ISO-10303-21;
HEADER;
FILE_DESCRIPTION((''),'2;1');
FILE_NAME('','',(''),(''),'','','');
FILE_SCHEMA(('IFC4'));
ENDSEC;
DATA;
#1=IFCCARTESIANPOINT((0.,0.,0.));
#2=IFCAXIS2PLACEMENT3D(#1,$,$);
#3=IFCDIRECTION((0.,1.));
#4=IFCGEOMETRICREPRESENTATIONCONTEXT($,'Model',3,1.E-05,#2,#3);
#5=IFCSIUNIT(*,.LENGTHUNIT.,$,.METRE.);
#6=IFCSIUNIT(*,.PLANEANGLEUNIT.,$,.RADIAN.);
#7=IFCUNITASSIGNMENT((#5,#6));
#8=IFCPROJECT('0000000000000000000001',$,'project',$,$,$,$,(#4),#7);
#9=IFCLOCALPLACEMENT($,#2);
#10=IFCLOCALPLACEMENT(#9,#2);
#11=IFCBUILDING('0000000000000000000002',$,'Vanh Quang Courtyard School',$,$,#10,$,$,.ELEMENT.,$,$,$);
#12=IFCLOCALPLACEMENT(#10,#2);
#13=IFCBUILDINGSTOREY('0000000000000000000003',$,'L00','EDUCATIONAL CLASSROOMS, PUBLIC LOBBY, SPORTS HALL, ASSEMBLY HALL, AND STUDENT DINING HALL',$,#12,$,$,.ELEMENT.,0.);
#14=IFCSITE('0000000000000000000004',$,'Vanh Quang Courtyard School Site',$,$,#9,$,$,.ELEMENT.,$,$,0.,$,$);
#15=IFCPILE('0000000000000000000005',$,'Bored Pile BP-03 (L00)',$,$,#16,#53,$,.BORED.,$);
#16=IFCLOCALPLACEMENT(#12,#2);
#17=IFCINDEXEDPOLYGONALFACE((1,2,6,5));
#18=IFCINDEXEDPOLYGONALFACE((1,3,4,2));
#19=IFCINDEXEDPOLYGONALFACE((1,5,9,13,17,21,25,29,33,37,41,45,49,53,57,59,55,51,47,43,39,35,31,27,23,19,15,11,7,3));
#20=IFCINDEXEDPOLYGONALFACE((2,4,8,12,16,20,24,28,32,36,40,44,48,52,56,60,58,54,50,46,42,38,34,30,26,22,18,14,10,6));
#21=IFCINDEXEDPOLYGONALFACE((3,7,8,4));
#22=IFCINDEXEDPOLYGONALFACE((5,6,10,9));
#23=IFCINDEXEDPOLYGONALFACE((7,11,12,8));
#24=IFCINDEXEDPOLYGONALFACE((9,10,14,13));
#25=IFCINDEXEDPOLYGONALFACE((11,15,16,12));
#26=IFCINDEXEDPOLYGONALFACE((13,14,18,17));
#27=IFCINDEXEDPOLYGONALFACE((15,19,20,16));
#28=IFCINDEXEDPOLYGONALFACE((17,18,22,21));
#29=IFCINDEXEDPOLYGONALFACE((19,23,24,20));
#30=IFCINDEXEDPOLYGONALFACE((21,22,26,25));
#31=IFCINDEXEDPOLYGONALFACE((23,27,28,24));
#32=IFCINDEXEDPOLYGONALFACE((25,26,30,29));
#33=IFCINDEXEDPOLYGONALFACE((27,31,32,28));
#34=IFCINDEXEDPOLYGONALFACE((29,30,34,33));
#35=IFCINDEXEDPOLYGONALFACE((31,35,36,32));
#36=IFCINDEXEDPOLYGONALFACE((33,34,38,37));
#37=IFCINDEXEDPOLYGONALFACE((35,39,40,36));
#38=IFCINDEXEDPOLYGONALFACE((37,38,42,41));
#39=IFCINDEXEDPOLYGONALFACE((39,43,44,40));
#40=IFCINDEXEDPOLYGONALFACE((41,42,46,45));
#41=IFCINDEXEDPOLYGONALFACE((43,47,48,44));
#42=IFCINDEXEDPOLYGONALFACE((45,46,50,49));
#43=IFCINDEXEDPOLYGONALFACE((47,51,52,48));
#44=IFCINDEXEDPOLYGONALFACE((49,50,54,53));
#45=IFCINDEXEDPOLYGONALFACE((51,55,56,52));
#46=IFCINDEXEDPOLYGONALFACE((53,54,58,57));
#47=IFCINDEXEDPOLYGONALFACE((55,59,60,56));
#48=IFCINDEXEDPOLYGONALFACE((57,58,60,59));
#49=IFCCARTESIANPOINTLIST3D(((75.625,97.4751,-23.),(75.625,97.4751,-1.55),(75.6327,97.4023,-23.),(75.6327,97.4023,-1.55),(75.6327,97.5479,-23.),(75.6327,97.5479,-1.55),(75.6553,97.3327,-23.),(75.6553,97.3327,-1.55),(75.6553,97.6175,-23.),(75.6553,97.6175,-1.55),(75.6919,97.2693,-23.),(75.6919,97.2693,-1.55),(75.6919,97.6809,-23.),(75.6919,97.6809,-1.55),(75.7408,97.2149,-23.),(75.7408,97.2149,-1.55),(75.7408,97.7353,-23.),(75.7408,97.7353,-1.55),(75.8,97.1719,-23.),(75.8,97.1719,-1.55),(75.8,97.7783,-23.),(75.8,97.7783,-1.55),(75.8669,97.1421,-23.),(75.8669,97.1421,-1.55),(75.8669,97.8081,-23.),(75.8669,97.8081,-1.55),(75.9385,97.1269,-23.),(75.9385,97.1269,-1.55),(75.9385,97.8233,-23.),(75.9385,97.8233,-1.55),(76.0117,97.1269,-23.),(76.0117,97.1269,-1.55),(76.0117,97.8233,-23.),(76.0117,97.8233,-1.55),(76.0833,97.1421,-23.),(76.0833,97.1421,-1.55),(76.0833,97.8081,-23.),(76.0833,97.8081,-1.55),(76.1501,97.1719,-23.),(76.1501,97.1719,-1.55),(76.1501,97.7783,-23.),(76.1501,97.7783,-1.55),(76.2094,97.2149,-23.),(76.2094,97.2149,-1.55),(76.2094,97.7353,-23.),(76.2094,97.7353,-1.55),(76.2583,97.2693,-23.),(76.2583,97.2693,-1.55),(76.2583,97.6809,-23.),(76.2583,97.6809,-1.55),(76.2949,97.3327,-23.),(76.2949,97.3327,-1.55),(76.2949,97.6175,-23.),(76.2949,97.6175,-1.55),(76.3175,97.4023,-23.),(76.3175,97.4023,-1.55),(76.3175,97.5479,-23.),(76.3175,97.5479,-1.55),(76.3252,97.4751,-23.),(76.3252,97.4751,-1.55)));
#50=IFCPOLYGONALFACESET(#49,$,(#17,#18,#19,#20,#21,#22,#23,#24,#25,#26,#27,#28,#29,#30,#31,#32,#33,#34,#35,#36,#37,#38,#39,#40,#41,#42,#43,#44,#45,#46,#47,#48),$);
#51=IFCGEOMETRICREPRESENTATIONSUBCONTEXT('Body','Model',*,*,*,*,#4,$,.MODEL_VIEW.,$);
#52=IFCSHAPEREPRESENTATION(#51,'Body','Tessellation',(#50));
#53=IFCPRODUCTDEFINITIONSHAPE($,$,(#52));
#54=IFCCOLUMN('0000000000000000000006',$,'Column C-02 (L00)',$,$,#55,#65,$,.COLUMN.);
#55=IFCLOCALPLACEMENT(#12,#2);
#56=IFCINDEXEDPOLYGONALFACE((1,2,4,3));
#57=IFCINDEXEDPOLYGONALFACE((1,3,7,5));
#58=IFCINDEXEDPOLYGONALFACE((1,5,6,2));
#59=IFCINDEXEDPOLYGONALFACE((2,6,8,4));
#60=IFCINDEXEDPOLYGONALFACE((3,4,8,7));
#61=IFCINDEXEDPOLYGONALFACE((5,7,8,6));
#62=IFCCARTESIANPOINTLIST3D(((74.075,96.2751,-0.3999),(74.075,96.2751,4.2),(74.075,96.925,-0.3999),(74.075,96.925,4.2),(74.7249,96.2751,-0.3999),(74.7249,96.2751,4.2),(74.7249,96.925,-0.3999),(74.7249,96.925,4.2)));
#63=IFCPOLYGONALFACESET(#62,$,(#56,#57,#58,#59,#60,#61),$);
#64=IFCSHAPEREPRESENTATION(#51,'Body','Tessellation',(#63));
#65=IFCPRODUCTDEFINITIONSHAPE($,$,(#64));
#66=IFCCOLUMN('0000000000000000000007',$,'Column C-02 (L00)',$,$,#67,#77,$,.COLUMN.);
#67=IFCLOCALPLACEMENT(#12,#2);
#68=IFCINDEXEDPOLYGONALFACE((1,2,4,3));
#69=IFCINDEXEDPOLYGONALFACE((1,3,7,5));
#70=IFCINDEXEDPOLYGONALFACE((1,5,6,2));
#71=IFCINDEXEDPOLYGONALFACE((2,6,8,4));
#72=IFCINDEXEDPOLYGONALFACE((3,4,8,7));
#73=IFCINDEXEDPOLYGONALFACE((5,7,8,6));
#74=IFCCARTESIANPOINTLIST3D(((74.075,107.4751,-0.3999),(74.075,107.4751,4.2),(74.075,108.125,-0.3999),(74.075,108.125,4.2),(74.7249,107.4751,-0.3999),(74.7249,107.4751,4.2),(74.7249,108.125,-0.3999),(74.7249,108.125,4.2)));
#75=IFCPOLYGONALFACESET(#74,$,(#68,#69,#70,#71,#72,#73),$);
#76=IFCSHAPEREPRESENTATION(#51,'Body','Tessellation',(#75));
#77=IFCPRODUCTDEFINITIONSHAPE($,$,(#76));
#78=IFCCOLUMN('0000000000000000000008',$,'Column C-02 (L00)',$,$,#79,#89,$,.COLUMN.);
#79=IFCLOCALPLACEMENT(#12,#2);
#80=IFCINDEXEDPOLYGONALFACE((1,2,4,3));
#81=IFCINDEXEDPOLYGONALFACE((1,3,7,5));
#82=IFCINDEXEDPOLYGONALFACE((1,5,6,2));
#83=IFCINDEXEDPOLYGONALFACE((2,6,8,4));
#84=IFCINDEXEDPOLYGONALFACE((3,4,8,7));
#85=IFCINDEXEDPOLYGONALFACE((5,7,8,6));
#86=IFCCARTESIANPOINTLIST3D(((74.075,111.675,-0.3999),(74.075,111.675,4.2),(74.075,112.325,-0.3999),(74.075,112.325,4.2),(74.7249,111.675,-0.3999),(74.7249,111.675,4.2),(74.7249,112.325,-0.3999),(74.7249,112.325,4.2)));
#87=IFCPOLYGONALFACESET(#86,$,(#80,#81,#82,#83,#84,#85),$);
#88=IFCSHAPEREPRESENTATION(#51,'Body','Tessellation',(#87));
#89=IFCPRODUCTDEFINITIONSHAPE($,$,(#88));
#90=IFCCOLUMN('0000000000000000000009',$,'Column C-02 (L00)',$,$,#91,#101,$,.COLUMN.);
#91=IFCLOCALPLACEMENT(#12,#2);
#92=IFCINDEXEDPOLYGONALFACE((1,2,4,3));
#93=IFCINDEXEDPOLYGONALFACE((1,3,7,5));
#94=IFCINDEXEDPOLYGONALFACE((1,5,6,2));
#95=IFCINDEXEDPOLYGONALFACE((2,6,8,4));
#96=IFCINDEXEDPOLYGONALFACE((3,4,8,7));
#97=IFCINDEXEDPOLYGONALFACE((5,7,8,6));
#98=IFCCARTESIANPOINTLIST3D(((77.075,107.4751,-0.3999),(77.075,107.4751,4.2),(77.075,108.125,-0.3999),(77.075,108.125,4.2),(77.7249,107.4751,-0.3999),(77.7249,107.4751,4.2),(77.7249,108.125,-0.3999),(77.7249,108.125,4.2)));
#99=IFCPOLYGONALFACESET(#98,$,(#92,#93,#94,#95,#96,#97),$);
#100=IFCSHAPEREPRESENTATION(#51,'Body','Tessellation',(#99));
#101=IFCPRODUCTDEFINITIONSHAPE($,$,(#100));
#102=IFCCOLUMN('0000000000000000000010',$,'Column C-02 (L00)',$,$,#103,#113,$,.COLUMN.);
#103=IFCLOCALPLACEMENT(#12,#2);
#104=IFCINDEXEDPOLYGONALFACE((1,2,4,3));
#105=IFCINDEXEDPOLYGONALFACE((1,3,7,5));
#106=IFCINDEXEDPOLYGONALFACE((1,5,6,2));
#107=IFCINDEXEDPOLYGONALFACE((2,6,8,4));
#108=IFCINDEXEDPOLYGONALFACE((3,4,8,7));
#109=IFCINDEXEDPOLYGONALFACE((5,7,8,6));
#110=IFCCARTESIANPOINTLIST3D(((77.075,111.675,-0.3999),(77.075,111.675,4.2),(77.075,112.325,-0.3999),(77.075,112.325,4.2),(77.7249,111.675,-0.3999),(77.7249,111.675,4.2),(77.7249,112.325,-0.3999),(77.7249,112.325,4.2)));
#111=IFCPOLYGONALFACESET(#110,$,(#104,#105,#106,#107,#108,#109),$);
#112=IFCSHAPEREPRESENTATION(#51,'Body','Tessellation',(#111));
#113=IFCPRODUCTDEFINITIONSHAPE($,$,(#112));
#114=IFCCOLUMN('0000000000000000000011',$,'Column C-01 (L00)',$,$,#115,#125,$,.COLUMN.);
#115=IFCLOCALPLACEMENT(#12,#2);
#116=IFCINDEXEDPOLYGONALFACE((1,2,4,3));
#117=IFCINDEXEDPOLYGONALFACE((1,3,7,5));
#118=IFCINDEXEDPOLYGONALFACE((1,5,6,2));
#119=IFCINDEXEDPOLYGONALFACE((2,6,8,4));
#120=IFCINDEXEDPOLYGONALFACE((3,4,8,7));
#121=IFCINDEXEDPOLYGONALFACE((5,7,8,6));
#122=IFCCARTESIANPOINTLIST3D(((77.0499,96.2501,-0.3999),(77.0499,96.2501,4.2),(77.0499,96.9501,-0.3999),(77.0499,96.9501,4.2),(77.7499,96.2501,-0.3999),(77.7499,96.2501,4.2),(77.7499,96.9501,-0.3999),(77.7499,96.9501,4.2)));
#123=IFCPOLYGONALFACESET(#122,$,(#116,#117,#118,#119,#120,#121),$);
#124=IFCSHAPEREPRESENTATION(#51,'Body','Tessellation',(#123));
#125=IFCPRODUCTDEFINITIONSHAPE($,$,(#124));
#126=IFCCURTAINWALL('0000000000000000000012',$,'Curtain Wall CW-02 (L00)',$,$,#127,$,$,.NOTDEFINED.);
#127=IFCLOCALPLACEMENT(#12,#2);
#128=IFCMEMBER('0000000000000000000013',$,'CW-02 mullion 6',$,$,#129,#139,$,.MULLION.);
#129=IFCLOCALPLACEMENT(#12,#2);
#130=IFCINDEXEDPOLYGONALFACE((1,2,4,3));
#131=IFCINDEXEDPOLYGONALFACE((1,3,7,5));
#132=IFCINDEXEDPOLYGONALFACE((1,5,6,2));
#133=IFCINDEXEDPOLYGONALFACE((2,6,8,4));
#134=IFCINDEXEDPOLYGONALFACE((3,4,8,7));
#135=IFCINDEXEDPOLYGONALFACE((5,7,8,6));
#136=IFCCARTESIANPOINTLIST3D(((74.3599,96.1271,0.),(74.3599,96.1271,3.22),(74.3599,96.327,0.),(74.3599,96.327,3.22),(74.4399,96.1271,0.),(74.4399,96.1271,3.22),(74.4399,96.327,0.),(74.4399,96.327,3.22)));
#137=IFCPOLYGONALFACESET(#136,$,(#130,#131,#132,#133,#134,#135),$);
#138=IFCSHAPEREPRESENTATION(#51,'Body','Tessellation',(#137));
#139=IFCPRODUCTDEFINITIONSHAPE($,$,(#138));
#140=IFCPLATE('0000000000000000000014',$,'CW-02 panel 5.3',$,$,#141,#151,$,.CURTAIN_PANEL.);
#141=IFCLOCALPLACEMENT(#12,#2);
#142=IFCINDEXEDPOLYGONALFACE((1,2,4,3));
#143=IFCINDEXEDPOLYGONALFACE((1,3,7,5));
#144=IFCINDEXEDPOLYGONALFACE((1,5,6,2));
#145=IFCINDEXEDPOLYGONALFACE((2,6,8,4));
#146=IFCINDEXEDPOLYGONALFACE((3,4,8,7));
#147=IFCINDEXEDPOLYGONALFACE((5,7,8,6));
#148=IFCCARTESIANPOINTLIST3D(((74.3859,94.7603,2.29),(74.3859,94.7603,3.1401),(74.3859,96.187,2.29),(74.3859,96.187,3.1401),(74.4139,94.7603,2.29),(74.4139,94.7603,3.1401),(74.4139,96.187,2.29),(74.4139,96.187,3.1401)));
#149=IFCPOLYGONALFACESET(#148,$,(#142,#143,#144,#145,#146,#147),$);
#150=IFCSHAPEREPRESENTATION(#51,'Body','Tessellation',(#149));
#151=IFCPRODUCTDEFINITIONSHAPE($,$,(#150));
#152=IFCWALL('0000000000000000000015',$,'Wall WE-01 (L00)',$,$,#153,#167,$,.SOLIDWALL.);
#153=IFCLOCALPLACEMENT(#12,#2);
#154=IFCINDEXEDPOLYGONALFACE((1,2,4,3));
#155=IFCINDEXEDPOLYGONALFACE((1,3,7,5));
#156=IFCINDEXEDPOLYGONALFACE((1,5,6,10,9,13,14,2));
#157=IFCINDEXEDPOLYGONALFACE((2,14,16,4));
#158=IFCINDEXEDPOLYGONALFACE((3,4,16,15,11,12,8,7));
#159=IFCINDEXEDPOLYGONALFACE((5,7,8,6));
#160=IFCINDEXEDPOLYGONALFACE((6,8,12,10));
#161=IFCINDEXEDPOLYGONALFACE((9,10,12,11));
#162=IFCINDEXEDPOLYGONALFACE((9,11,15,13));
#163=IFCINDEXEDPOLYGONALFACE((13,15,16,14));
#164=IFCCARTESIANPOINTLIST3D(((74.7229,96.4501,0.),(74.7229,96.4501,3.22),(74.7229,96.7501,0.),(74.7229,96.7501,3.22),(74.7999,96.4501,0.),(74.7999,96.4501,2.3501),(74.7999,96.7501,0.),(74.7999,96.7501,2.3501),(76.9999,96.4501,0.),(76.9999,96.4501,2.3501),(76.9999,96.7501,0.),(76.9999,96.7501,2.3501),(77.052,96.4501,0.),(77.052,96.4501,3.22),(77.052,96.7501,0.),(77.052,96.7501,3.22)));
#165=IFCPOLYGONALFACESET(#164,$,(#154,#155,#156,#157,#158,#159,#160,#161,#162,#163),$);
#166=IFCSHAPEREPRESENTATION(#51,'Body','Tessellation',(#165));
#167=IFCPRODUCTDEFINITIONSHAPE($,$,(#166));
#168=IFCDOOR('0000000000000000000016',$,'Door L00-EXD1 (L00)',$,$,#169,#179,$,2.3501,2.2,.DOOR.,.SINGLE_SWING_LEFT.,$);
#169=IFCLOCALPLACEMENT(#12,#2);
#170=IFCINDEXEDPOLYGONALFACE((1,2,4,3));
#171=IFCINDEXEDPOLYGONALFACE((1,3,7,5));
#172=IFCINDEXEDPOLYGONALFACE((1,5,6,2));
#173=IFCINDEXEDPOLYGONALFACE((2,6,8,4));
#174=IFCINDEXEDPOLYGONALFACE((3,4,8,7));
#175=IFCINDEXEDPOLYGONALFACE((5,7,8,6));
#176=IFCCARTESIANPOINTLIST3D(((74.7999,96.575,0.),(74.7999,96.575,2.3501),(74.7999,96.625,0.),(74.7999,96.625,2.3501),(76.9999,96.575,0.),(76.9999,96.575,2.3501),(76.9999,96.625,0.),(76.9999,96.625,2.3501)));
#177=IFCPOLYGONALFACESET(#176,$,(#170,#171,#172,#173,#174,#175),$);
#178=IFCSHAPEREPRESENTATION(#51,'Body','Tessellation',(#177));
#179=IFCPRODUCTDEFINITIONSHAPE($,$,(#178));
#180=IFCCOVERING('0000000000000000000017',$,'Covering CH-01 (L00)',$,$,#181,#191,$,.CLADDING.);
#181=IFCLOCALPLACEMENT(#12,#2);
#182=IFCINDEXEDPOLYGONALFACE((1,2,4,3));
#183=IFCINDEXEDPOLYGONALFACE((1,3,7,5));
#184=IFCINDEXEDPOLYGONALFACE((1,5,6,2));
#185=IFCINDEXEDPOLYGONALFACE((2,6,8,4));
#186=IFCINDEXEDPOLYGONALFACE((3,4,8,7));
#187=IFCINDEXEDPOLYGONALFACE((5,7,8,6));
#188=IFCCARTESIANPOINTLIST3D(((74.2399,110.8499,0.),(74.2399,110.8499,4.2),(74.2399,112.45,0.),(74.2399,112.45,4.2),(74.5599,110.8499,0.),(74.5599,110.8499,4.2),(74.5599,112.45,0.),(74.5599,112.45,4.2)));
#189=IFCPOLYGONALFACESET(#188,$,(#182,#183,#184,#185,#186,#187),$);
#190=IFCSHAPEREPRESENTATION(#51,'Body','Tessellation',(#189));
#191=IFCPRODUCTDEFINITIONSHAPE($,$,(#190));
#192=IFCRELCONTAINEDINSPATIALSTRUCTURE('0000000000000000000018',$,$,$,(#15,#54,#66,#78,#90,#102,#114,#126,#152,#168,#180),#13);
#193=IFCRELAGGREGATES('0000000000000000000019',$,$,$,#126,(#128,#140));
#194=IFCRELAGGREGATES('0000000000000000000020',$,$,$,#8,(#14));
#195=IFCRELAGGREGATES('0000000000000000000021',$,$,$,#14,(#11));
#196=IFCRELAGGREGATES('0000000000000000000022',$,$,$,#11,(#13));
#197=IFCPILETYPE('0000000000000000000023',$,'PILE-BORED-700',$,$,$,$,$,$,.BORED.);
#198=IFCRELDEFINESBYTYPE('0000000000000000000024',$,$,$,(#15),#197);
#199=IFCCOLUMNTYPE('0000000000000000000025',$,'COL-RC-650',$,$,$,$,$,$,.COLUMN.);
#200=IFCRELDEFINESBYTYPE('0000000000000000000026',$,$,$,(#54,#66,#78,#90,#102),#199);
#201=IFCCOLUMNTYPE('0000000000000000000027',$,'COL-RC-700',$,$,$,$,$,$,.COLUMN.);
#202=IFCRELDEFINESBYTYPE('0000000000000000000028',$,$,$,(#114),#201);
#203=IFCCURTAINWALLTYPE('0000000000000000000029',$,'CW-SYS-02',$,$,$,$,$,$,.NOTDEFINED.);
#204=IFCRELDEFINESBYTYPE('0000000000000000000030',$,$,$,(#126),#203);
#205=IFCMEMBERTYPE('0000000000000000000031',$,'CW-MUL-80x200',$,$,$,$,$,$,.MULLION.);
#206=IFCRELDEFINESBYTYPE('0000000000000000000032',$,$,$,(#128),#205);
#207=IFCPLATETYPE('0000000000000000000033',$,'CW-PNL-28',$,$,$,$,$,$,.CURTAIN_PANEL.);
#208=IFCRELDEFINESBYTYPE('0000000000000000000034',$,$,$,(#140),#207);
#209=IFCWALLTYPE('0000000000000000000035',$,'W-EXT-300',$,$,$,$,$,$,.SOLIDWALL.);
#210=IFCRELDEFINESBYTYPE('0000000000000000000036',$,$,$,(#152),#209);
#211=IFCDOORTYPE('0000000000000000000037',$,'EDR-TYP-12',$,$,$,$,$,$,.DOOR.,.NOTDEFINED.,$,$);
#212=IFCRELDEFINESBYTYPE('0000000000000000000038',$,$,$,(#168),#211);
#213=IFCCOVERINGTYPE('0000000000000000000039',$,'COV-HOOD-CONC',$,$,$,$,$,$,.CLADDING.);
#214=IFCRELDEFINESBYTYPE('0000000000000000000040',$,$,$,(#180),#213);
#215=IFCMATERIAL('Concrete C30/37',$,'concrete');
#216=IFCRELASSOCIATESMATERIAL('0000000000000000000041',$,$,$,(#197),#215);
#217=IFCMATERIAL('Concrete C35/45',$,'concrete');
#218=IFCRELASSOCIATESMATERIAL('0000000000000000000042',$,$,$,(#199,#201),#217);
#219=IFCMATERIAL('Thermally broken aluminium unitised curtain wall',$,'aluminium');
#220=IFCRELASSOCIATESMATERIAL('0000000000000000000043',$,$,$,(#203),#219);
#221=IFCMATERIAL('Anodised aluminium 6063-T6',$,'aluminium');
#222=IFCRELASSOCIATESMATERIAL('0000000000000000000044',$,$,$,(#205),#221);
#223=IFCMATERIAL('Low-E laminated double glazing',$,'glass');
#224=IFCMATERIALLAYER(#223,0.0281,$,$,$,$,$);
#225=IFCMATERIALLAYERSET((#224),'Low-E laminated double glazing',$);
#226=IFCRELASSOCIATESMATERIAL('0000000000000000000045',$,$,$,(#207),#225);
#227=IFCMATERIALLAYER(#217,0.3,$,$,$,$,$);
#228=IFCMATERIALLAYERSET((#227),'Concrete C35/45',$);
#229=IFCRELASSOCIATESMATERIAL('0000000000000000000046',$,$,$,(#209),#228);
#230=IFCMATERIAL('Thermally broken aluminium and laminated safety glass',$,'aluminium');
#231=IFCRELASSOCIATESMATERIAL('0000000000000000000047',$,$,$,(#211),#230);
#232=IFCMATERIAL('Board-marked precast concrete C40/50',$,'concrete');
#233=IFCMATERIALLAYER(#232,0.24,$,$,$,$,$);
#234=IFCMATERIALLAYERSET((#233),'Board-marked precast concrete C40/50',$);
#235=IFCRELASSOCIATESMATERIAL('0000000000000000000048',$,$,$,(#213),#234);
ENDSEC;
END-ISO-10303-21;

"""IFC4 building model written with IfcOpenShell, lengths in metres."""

from ifc_helpers import new_model, si_unit, direction, frame, frame_2d, origin, origin_2d, place, context, subcontext, project, spatial, rectangle, circle, extrude, material, layer, layer_set, material_profile, profile_set, type_object, element, fill, aggregate, save


model = new_model("IFC4")

# Units and contexts
model_context = context("Model", 3, precision=1e-05, world=origin(), true_north=direction((0.0, 1.0)))
body_context = subcontext(model_context, "Body", "Model", "MODEL_VIEW")
ifc_project = project(units=[si_unit("LENGTHUNIT", "METRE"), si_unit("PLANEANGLEUNIT", "RADIAN")], contexts=[model_context])

# Site, building, storey
site_placement = place(None, origin())
site = spatial("IfcSite", under=ifc_project, at=site_placement, Name="Vanh Quang Courtyard School Site", CompositionType="ELEMENT", RefElevation=0.0)
building_placement = place(site_placement, origin())
building = spatial("IfcBuilding", under=site, at=building_placement, Name="Vanh Quang Courtyard School", CompositionType="ELEMENT")
storey_placement = place(building_placement, origin())
storey = spatial("IfcBuildingStorey", under=building, at=storey_placement, Name="L00", Description="EDUCATIONAL CLASSROOMS, PUBLIC LOBBY, SPORTS HALL, ASSEMBLY HALL, AND STUDENT DINING HALL", CompositionType="ELEMENT", Elevation=0.0)

# Shared definitions
ifc_material_1 = material(Name="Concrete C35/45", Category="concrete")

# Pile
ifc_material_2 = material(Name="Concrete C30/37", Category="concrete")
ifc_material_profile_1 = material_profile(ifc_material_2, circle(Radius=0.3501, at=origin_2d()), Name="PILE D700")
ifc_profile_set_1 = profile_set([ifc_material_profile_1], Name="Concrete C30/37")
pile_type_1 = type_object("IfcPileType", Name="PILE-BORED-700", PredefinedType="BORED", material=ifc_profile_set_1)
for number, where, z_axis, x_axis, name in (
    (1, (75.9751, 97.4751, -1.55), (0.0, 0.0, -1.0), (1.0, 0.0, 0.0), "Bored Pile BP-03 (L00)"),
):
    element("IfcPile", number, at=place(storey_placement, frame(where, z_axis=z_axis, x_axis=x_axis)), inside=storey, type_object=pile_type_1, Name=name, PredefinedType="BORED", context=body_context, shape_type="SweptSolid", body=[
        extrude(circle(Radius=0.3501, at=origin_2d()), origin(), (0.0, 0.0, 1.0), 21.45),
    ])

# Columns
ifc_material_profile_2 = material_profile(ifc_material_1, rectangle(XDim=0.6499, YDim=0.6499, at=origin_2d()), Name="RC-COL 650x650")
ifc_profile_set_2 = profile_set([ifc_material_profile_2], Name="Concrete C35/45")
column_type_1 = type_object("IfcColumnType", Name="COL-RC-650", PredefinedType="COLUMN", material=ifc_profile_set_2)
for number, where, z_axis, x_axis, name in (
    (2, (74.3999, 96.6001, -0.3999), (0.0, 0.0, 1.0), (1.0, 0.0, 0.0), "Column C-02 (L00)"),
    (3, (74.3999, 107.8, -0.3999), (0.0, 0.0, 1.0), (1.0, 0.0, 0.0), "Column C-02 (L00)"),
    (4, (74.3999, 112.0, -0.3999), (0.0, 0.0, 1.0), (1.0, 0.0, 0.0), "Column C-02 (L00)"),
    (5, (77.3999, 107.8, -0.3999), (0.0, 0.0, 1.0), (1.0, 0.0, 0.0), "Column C-02 (L00)"),
    (6, (77.3999, 112.0, -0.3999), (0.0, 0.0, 1.0), (1.0, 0.0, 0.0), "Column C-02 (L00)"),
):
    element("IfcColumn", number, at=place(storey_placement, frame(where, z_axis=z_axis, x_axis=x_axis)), inside=storey, type_object=column_type_1, Name=name, PredefinedType="COLUMN", context=body_context, shape_type="SweptSolid", body=[
        extrude(rectangle(XDim=0.6499, YDim=0.6499, at=origin_2d()), origin(), (0.0, 0.0, 1.0), 4.5999),
    ])
ifc_material_profile_3 = material_profile(ifc_material_1, rectangle(XDim=0.7, YDim=0.7, at=origin_2d()), Name="RC-COL 700x700")
ifc_profile_set_3 = profile_set([ifc_material_profile_3], Name="Concrete C35/45")
column_type_2 = type_object("IfcColumnType", Name="COL-RC-700", PredefinedType="COLUMN", material=ifc_profile_set_3)
column_placement = place(storey_placement, frame((77.3999, 96.6001, -0.3999), z_axis=(0.0, 0.0, 1.0), x_axis=(1.0, 0.0, 0.0)))
element("IfcColumn", 7, at=column_placement, inside=storey, type_object=column_type_2, Name="Column C-01 (L00)", PredefinedType="COLUMN", context=body_context, shape_type="SweptSolid", body=[
    extrude(rectangle(XDim=0.7, YDim=0.7, at=origin_2d()), origin(), (0.0, 0.0, 1.0), 4.5999),
])

# Curtain wall, member, plate
ifc_material_3 = material(Name="Thermally broken aluminium unitised curtain wall", Category="aluminium")
curtain_wall_type = type_object("IfcCurtainWallType", Name="CW-SYS-02", PredefinedType="NOTDEFINED", material=ifc_material_3)
curtain_wall_placement = place(storey_placement, origin())
curtain_wall = element("IfcCurtainWall", 8, at=curtain_wall_placement, inside=storey, type_object=curtain_wall_type, Name="Curtain Wall CW-02 (L00)", PredefinedType="NOTDEFINED")
ifc_material_4 = material(Name="Anodised aluminium 6063-T6", Category="aluminium")
ifc_material_profile_4 = material_profile(ifc_material_4, rectangle(XDim=0.0801, YDim=0.2, at=origin_2d()), Name="ALU-MUL 80x200")
ifc_profile_set_4 = profile_set([ifc_material_profile_4], Name="Anodised aluminium 6063-T6")
member_type = type_object("IfcMemberType", Name="CW-MUL-80x200", PredefinedType="MULLION", material=ifc_profile_set_4)
member_placement = place(storey_placement, frame((74.3999, 96.2271, 0.0), z_axis=(0.0, 0.0, 1.0), x_axis=(-1.0, 0.0, 0.0)))
member = element("IfcMember", 9, at=member_placement, type_object=member_type, Name="CW-02 mullion 6", PredefinedType="MULLION", context=body_context, shape_type="SweptSolid", body=[
    extrude(rectangle(XDim=0.0801, YDim=0.2, at=origin_2d()), origin(), (0.0, 0.0, 1.0), 3.22),
])
ifc_material_5 = material(Name="Low-E laminated double glazing", Category="glass")
ifc_layer_1 = layer(ifc_material_5, 0.0281)
ifc_layer_set_1 = layer_set([ifc_layer_1], Name="Low-E laminated double glazing")
plate_type = type_object("IfcPlateType", Name="CW-PNL-28", PredefinedType="CURTAIN_PANEL", material=ifc_layer_set_1)
plate_placement = place(storey_placement, frame((74.3999, 95.4736, 2.29), z_axis=(0.0, 0.0, 1.0), x_axis=(0.0, 1.0, 0.0)))
plate = element("IfcPlate", 10, at=plate_placement, type_object=plate_type, Name="CW-02 panel 5.3", PredefinedType="CURTAIN_PANEL", context=body_context, shape_type="SweptSolid", body=[
    extrude(rectangle(XDim=1.4268, YDim=0.0281, at=origin_2d()), origin(), (0.0, 0.0, 1.0), 0.8501),
])
aggregate(curtain_wall, [member, plate])

# Wall, opening, door
ifc_layer_2 = layer(ifc_material_1, 0.3)
ifc_layer_set_2 = layer_set([ifc_layer_2], Name="Concrete C35/45")
wall_type = type_object("IfcWallType", Name="W-EXT-300", PredefinedType="SOLIDWALL", material=ifc_layer_set_2)
wall_placement = place(storey_placement, frame((74.7229, 96.6001, 0.0), z_axis=(0.0, 0.0, 1.0), x_axis=(1.0, 0.0, 0.0)))
wall = element("IfcWall", 11, at=wall_placement, inside=storey, type_object=wall_type, Name="Wall WE-01 (L00)", PredefinedType="SOLIDWALL", context=body_context, shape_type="SweptSolid", body=[
    extrude(rectangle(XDim=2.3291, YDim=0.3, at=frame_2d((1.1646, 0.0))), origin(), (0.0, 0.0, 1.0), 3.22),
])
opening_placement = place(wall_placement, frame((0.0769, 0.0, 0.0)))
opening = element("IfcOpeningElement", 12, at=opening_placement, cuts=wall, PredefinedType="OPENING", context=body_context, shape_type="SweptSolid", body=[
    extrude(rectangle(XDim=2.2, YDim=2.3501, at=frame_2d((1.1001, 1.175))), frame((0.0, 0.1602, 0.0), z_axis=(0.0, -1.0, 0.0), x_axis=(1.0, 0.0, 0.0)), (0.0, 0.0, 1.0), 0.3201),
])
ifc_material_6 = material(Name="Thermally broken aluminium and laminated safety glass", Category="aluminium")
door_type = type_object("IfcDoorType", Name="EDR-TYP-12", OperationType="NOTDEFINED", PredefinedType="DOOR", material=ifc_material_6)
door_placement = place(opening_placement, origin())
door = element("IfcDoor", 13, at=door_placement, inside=storey, type_object=door_type, Name="Door L00-EXD1 (L00)", OperationType="SINGLE_SWING_LEFT", OverallHeight=2.3501, OverallWidth=2.2, PredefinedType="DOOR", context=body_context, shape_type="SweptSolid", body=[
    extrude(rectangle(XDim=2.2, YDim=2.3501, at=frame_2d((1.1001, 1.175))), frame((0.0, 0.0249, 0.0), z_axis=(0.0, -1.0, 0.0), x_axis=(1.0, 0.0, 0.0)), (0.0, 0.0, 1.0), 0.05),
])
fill(opening, door)

# Covering
ifc_material_7 = material(Name="Board-marked precast concrete C40/50", Category="concrete")
ifc_layer_3 = layer(ifc_material_7, 0.24)
ifc_layer_set_3 = layer_set([ifc_layer_3], Name="Board-marked precast concrete C40/50")
covering_type = type_object("IfcCoveringType", Name="COV-HOOD-CONC", PredefinedType="CLADDING", material=ifc_layer_set_3)
for number, where, z_axis, x_axis, name in (
    (14, (74.3999, 111.6499, 0.0), (0.0, 0.0, 1.0), (0.0, 1.0, 0.0), "Covering CH-01 (L00)"),
):
    element("IfcCovering", number, at=place(storey_placement, frame(where, z_axis=z_axis, x_axis=x_axis)), inside=storey, type_object=covering_type, Name=name, PredefinedType="CLADDING", context=body_context, shape_type="SweptSolid", body=[
        extrude(rectangle(XDim=1.6001, YDim=0.3201, at=origin_2d()), origin(), (0.0, 0.0, 1.0), 4.2),
    ])

save(model, "model.ifc")
